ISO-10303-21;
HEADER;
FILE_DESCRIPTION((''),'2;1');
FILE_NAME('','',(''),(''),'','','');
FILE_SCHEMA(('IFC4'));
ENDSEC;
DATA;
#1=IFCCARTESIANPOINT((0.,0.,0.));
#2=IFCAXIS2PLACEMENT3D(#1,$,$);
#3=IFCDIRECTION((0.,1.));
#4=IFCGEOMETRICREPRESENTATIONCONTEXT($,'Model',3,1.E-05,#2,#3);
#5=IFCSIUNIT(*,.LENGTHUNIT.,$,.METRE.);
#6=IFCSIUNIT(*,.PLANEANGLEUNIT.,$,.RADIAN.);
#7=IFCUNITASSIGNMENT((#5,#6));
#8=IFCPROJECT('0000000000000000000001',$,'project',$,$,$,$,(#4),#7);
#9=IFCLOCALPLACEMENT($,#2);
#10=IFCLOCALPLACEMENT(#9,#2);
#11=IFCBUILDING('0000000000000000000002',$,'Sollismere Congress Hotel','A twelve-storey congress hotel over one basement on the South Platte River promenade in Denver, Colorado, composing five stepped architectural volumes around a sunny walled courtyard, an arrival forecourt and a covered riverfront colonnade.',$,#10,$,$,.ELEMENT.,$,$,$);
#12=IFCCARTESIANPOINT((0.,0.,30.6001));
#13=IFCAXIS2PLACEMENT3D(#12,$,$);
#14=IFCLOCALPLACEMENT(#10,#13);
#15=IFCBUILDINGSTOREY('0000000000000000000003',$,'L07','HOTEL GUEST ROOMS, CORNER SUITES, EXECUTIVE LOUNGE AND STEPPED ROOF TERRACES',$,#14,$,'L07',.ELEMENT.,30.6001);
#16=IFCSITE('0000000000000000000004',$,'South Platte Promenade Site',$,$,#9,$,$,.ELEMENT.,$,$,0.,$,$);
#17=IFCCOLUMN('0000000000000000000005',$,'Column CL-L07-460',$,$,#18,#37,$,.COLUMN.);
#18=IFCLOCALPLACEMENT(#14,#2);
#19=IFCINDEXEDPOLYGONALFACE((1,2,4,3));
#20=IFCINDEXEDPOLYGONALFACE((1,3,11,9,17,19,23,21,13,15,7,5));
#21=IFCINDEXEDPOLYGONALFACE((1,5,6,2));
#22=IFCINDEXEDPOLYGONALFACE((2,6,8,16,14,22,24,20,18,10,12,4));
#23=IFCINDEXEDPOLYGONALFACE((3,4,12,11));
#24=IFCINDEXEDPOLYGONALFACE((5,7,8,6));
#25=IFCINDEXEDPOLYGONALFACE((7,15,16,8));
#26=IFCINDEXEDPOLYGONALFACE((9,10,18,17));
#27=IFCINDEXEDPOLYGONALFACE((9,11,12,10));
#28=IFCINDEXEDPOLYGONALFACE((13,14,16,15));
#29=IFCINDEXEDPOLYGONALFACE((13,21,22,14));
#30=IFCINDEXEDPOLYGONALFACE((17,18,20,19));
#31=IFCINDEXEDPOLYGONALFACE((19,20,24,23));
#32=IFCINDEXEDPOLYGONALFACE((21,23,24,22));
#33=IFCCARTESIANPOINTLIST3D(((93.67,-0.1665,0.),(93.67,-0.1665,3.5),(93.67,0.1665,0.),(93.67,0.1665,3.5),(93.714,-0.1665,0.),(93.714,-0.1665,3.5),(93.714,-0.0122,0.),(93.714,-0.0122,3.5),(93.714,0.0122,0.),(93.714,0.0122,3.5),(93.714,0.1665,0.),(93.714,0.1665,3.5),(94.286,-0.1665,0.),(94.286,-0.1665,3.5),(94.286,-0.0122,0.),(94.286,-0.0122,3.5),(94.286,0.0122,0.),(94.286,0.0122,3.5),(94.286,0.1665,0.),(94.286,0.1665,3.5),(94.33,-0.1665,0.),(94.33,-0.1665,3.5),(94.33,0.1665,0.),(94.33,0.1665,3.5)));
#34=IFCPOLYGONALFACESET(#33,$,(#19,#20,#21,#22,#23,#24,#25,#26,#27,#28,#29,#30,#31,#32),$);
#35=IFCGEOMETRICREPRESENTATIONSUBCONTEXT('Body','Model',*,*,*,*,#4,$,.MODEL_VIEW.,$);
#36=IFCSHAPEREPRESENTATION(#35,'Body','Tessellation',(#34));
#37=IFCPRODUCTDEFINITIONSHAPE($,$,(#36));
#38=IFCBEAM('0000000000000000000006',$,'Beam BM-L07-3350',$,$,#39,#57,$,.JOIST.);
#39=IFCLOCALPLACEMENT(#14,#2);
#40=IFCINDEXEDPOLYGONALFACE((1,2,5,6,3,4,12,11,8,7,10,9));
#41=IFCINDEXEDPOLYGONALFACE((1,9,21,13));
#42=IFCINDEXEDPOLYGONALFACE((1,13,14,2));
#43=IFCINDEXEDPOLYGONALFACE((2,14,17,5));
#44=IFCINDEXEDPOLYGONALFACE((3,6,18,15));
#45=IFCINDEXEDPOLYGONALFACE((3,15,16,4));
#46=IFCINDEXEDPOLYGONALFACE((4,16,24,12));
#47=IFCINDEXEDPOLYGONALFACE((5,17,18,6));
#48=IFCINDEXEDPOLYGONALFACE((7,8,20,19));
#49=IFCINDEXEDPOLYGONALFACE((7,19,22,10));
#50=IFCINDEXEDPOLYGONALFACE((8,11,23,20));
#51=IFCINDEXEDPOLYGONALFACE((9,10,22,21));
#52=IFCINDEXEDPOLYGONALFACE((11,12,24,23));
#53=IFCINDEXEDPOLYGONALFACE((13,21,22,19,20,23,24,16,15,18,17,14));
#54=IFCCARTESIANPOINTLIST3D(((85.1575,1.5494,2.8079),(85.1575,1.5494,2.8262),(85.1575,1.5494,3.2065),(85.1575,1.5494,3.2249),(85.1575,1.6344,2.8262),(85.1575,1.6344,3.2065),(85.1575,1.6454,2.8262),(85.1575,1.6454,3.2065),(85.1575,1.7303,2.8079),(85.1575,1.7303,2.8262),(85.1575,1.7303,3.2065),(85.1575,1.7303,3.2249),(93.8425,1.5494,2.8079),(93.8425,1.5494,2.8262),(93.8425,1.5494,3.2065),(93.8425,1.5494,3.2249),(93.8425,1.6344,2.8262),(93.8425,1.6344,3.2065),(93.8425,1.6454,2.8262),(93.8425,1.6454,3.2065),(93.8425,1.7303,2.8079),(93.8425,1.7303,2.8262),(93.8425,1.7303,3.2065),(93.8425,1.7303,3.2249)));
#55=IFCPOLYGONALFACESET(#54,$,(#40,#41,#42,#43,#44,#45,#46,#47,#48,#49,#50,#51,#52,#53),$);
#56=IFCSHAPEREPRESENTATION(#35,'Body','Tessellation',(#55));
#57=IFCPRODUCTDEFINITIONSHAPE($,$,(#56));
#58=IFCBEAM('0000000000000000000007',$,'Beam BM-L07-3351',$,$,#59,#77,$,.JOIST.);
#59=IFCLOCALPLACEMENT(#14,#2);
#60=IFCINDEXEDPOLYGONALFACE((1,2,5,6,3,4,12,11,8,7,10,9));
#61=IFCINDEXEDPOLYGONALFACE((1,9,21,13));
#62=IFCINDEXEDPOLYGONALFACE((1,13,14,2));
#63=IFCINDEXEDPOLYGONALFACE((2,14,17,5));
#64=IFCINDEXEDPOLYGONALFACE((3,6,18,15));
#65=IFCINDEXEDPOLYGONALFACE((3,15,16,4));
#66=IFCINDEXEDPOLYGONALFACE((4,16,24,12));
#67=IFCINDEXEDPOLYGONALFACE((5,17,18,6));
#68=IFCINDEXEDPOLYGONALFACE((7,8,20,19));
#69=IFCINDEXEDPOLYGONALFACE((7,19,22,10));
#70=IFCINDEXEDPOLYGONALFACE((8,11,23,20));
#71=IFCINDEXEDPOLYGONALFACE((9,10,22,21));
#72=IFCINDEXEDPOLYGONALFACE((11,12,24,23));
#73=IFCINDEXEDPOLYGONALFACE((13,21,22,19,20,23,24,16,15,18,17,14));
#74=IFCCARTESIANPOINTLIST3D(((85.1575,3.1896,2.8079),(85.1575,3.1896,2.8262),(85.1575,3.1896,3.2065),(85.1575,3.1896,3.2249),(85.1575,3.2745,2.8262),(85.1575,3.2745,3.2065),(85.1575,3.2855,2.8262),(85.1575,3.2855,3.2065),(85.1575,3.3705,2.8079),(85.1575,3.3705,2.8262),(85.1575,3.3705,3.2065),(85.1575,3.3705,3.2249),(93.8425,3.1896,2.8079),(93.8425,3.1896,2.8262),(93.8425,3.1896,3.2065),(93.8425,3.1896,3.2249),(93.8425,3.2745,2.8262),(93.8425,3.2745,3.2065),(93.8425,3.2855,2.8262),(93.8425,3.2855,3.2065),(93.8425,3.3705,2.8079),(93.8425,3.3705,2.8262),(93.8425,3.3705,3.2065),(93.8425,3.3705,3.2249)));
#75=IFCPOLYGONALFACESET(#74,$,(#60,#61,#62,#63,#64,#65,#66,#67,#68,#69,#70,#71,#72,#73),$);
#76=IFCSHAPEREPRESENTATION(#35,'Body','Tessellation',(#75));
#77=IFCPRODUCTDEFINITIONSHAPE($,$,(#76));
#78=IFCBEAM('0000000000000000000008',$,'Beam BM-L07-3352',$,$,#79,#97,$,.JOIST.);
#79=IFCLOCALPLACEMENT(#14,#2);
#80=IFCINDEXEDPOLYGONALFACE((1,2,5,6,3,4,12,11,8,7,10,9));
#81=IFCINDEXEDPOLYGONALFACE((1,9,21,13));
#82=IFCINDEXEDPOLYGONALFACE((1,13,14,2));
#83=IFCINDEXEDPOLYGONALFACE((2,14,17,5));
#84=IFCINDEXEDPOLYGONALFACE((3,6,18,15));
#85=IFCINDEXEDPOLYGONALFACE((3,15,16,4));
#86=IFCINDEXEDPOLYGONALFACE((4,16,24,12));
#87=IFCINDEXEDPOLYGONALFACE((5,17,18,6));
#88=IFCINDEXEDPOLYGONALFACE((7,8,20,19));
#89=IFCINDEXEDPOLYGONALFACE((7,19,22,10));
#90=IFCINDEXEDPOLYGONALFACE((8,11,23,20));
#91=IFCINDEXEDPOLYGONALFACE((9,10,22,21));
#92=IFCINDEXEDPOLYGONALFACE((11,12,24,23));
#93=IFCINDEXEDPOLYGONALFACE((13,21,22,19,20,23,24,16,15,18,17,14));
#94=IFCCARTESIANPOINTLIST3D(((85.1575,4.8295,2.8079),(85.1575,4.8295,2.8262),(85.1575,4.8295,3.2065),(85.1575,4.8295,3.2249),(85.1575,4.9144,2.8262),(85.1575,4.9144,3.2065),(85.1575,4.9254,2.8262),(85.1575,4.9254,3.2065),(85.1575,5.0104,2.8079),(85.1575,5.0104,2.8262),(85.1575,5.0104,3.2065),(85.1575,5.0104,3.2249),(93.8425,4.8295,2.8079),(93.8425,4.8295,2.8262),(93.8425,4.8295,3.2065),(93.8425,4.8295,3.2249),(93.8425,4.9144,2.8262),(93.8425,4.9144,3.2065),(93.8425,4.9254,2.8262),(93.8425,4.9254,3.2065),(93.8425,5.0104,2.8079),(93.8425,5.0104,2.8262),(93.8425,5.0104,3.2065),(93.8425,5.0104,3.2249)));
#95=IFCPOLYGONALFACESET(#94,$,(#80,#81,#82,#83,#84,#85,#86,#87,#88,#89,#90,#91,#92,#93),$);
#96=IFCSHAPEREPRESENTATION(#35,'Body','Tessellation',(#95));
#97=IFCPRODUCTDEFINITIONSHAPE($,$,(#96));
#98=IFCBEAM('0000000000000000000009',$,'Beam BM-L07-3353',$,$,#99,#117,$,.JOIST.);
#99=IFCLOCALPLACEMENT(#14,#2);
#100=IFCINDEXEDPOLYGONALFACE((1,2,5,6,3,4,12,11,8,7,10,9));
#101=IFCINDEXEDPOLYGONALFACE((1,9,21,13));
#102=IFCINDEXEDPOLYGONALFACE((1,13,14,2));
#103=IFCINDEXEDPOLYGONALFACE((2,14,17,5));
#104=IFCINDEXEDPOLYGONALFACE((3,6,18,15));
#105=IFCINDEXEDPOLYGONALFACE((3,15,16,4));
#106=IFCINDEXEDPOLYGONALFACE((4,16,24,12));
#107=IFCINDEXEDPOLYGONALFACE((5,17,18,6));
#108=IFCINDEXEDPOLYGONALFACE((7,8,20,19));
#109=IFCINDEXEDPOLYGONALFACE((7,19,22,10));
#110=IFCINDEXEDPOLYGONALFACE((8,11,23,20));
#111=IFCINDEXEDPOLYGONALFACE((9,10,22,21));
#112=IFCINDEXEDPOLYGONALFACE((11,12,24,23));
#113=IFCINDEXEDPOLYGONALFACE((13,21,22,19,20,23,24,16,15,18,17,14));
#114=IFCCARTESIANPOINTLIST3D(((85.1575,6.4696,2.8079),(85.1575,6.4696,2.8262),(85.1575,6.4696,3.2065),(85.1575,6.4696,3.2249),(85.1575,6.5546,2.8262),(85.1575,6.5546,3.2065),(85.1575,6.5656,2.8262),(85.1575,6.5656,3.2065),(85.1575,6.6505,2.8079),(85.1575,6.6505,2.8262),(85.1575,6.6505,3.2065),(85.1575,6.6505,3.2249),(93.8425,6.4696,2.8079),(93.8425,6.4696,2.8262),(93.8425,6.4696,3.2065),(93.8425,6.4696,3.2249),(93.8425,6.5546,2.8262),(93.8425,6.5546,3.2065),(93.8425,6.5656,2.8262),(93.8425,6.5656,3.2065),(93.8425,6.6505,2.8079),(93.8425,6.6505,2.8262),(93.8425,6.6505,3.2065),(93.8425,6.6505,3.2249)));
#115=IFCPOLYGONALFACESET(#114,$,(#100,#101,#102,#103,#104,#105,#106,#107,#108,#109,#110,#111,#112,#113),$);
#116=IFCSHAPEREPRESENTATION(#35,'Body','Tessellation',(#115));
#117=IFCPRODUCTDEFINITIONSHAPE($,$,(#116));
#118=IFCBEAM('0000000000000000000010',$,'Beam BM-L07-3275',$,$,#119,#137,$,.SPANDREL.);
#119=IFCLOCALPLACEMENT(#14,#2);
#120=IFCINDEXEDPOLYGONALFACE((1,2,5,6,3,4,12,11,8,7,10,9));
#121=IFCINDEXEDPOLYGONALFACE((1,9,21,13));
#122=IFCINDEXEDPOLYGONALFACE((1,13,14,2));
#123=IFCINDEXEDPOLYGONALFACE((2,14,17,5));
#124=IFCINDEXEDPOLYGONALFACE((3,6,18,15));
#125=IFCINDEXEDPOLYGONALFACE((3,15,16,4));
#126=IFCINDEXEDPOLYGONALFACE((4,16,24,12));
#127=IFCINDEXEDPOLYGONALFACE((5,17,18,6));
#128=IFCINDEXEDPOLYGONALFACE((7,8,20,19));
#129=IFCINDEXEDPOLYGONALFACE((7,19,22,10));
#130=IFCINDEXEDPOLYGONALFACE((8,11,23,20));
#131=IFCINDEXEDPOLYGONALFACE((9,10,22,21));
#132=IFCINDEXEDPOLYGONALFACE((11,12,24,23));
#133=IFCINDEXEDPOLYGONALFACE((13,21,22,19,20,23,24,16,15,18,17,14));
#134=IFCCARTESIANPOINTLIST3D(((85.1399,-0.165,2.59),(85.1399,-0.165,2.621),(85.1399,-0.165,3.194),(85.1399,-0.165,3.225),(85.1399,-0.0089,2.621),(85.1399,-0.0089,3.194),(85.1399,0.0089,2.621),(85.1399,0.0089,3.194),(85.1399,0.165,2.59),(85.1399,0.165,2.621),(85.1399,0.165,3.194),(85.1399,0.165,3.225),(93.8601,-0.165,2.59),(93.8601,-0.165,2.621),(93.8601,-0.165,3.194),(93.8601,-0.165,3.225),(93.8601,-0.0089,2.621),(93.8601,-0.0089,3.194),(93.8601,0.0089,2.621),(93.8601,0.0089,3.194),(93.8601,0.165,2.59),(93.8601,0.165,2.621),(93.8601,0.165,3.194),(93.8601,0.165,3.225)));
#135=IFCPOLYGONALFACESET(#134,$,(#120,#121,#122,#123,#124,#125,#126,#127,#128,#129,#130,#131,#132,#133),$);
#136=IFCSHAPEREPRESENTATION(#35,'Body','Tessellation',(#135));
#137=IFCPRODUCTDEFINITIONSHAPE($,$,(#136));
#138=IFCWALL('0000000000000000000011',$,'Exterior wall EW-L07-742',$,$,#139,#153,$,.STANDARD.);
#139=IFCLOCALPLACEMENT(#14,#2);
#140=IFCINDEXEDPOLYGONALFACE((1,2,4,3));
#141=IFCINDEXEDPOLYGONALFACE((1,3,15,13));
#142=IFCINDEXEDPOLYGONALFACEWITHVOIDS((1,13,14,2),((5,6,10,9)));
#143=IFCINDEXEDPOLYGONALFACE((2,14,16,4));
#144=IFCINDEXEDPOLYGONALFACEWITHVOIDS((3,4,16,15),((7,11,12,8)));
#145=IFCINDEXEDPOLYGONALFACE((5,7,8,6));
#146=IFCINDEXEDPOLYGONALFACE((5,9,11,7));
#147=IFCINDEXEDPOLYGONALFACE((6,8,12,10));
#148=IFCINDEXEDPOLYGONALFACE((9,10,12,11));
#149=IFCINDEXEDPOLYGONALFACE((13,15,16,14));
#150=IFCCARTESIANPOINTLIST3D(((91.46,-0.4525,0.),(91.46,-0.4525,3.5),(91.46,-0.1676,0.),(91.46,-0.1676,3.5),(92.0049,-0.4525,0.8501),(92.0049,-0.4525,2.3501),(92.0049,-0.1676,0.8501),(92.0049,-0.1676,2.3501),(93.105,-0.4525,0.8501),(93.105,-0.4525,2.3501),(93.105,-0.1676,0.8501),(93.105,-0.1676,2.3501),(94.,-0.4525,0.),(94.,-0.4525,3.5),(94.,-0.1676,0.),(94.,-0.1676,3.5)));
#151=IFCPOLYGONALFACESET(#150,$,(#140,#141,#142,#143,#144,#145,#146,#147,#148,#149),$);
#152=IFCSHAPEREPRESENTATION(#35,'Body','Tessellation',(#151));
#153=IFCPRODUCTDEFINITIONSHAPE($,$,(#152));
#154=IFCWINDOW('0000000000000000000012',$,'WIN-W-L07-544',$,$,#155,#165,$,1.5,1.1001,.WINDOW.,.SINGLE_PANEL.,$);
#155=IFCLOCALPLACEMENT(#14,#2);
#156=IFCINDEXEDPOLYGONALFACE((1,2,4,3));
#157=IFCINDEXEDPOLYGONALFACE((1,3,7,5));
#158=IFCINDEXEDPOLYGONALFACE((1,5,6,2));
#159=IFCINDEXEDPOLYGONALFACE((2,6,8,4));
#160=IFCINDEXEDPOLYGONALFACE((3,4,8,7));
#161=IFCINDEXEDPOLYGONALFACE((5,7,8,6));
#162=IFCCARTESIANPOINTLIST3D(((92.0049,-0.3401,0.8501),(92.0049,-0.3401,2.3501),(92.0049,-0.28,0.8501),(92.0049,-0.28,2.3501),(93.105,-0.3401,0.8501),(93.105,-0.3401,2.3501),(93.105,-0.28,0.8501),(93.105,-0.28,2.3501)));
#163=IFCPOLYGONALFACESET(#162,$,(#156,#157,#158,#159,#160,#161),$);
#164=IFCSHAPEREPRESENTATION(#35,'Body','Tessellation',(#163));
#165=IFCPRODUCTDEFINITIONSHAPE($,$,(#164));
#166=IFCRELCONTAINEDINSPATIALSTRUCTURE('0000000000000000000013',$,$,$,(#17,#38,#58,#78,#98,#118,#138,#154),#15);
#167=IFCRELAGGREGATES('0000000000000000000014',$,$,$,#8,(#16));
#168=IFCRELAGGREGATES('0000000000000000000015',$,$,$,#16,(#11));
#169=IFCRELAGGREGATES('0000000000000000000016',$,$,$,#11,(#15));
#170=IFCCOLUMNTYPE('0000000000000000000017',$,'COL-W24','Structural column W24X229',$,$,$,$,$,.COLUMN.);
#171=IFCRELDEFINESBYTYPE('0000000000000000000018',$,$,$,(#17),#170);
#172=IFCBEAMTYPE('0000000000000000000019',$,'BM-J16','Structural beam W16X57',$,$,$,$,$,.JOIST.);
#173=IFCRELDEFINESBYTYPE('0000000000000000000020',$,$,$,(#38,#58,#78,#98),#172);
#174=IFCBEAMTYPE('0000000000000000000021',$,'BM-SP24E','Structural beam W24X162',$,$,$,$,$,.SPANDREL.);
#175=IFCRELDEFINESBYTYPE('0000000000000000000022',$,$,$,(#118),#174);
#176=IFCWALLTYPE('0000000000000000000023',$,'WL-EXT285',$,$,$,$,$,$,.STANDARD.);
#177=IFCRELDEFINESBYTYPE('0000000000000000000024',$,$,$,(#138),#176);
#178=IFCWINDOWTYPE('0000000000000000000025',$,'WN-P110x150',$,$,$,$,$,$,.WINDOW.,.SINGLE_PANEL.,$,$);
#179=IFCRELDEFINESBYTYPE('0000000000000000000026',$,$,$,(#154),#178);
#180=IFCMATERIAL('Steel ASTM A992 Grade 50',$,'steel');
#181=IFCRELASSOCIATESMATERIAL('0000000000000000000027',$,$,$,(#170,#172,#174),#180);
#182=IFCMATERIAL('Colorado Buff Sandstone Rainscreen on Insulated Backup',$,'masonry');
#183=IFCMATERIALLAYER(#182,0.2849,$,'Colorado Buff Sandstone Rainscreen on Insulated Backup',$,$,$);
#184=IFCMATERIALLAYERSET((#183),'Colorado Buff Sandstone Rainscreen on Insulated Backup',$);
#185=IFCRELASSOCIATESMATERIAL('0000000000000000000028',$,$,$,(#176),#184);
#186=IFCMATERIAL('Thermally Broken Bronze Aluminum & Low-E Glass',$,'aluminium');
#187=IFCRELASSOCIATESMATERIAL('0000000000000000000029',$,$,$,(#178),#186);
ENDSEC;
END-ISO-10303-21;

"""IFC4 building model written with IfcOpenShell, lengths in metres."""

from ifc_helpers import new_model, si_unit, direction, frame, frame_2d, origin, origin_2d, place, context, subcontext, project, spatial, rectangle, i_section, extrude, material, layer, layer_set, material_profile, profile_set, type_object, element, fill, save


model = new_model("IFC4")

# Units and contexts
model_context = context("Model", 3, precision=1e-05, world=origin(), true_north=direction((0.0, 1.0)))
body_context = subcontext(model_context, "Body", "Model", "MODEL_VIEW")
ifc_project = project(units=[si_unit("LENGTHUNIT", "METRE"), si_unit("PLANEANGLEUNIT", "RADIAN")], contexts=[model_context])

# Site, building, storey
site_placement = place(None, origin())
site = spatial("IfcSite", under=ifc_project, at=site_placement, Name="South Platte Promenade Site", CompositionType="ELEMENT", RefElevation=0.0)
building_placement = place(site_placement, origin())
building = spatial("IfcBuilding", under=site, at=building_placement, Name="Sollismere Congress Hotel", Description="A twelve-storey congress hotel over one basement on the South Platte River promenade in Denver, Colorado, composing five stepped architectural volumes around a sunny walled courtyard, an arrival forecourt and a covered riverfront colonnade.", CompositionType="ELEMENT")
storey_placement = place(building_placement, frame((0.0, 0.0, 30.6001)))
storey = spatial("IfcBuildingStorey", under=building, at=storey_placement, Name="L07", Description="HOTEL GUEST ROOMS, CORNER SUITES, EXECUTIVE LOUNGE AND STEPPED ROOF TERRACES", LongName="L07", CompositionType="ELEMENT", Elevation=30.6001)

# Column
ifc_material_1 = material(Name="Steel ASTM A992 Grade 50", Category="steel")
ifc_material_profile_1 = material_profile(ifc_material_1, i_section(OverallWidth=0.333, OverallDepth=0.6599, WebThickness=0.0244, FlangeThickness=0.0439, at=origin_2d()), Name="W24X229")
ifc_profile_set_1 = profile_set([ifc_material_profile_1], Name="Steel ASTM A992 Grade 50")
column_type = type_object("IfcColumnType", Name="COL-W24", Description="Structural column W24X229", PredefinedType="COLUMN", material=ifc_profile_set_1)
column_placement = place(storey_placement, frame((94.0, 0.0, 0.0), z_axis=(0.0, 0.0, 1.0), x_axis=(0.0, 1.0, 0.0)))
element("IfcColumn", 1, at=column_placement, inside=storey, type_object=column_type, Name="Column CL-L07-460", PredefinedType="COLUMN", context=body_context, shape_type="SweptSolid", body=[
    extrude(i_section(OverallWidth=0.333, OverallDepth=0.6599, WebThickness=0.0244, FlangeThickness=0.0439, at=origin_2d()), origin(), (0.0, 0.0, 1.0), 3.5),
])

# Beams
ifc_material_profile_2 = material_profile(ifc_material_1, i_section(OverallWidth=0.1809, OverallDepth=0.417, WebThickness=0.011, FlangeThickness=0.0183, at=origin_2d()), Name="W16X57")
ifc_profile_set_2 = profile_set([ifc_material_profile_2], Name="Steel ASTM A992 Grade 50")
beam_type_1 = type_object("IfcBeamType", Name="BM-J16", Description="Structural beam W16X57", PredefinedType="JOIST", material=ifc_profile_set_2)
for number, where, z_axis, x_axis, name in (
    (2, (85.1575, 1.6399, 3.0164), (1.0, 0.0, 0.0), (0.0, 1.0, 0.0), "Beam BM-L07-3350"),
    (3, (85.1575, 3.28, 3.0164), (1.0, 0.0, 0.0), (0.0, 1.0, 0.0), "Beam BM-L07-3351"),
    (4, (85.1575, 4.9199, 3.0164), (1.0, 0.0, 0.0), (0.0, 1.0, 0.0), "Beam BM-L07-3352"),
    (5, (85.1575, 6.5601, 3.0164), (1.0, 0.0, 0.0), (0.0, 1.0, 0.0), "Beam BM-L07-3353"),
):
    element("IfcBeam", number, at=place(storey_placement, frame(where, z_axis=z_axis, x_axis=x_axis)), inside=storey, type_object=beam_type_1, Name=name, PredefinedType="JOIST", context=body_context, shape_type="SweptSolid", body=[
        extrude(i_section(OverallWidth=0.1809, OverallDepth=0.417, WebThickness=0.011, FlangeThickness=0.0183, at=origin_2d()), origin(), (0.0, 0.0, 1.0), 8.6851),
    ])
ifc_material_profile_3 = material_profile(ifc_material_1, i_section(OverallWidth=0.3301, OverallDepth=0.635, WebThickness=0.0178, FlangeThickness=0.031, at=origin_2d()), Name="W24X162")
ifc_profile_set_3 = profile_set([ifc_material_profile_3], Name="Steel ASTM A992 Grade 50")
beam_type_2 = type_object("IfcBeamType", Name="BM-SP24E", Description="Structural beam W24X162", PredefinedType="SPANDREL", material=ifc_profile_set_3)
beam_placement = place(storey_placement, frame((85.1399, 0.0, 2.9075), z_axis=(1.0, 0.0, 0.0), x_axis=(0.0, 1.0, 0.0)))
element("IfcBeam", 6, at=beam_placement, inside=storey, type_object=beam_type_2, Name="Beam BM-L07-3275", PredefinedType="SPANDREL", context=body_context, shape_type="SweptSolid", body=[
    extrude(i_section(OverallWidth=0.3301, OverallDepth=0.635, WebThickness=0.0178, FlangeThickness=0.031, at=origin_2d()), origin(), (0.0, 0.0, 1.0), 8.7202),
])

# Wall, opening, window
ifc_material_2 = material(Name="Colorado Buff Sandstone Rainscreen on Insulated Backup", Category="masonry")
ifc_layer_1 = layer(ifc_material_2, 0.2849, Name="Colorado Buff Sandstone Rainscreen on Insulated Backup")
ifc_layer_set_1 = layer_set([ifc_layer_1], Name="Colorado Buff Sandstone Rainscreen on Insulated Backup")
wall_type_1 = type_object("IfcWallType", Name="WL-EXT285", PredefinedType="STANDARD", material=ifc_layer_set_1)
wall_1_placement = place(storey_placement, frame((91.46, -0.3101, 0.0), z_axis=(0.0, 0.0, 1.0), x_axis=(1.0, 0.0, 0.0)))
wall_1 = element("IfcWall", 7, at=wall_1_placement, inside=storey, type_object=wall_type_1, Name="Exterior wall EW-L07-742", PredefinedType="STANDARD", context=body_context, shape_type="SweptSolid", body=[
    extrude(rectangle(XDim=2.54, YDim=0.2849, at=frame_2d((1.27, 0.0))), origin(), (0.0, 0.0, 1.0), 3.5),
])
opening_1_placement = place(wall_1_placement, frame((0.5449, 0.0, 0.8501)))
opening_1 = element("IfcOpeningElement", 8, at=opening_1_placement, cuts=wall_1, PredefinedType="OPENING", context=body_context, shape_type="SweptSolid", body=[
    extrude(rectangle(XDim=1.1001, YDim=1.5, at=frame_2d((0.55, 0.75))), frame((0.0, 0.1523, 0.0), z_axis=(0.0, -1.0, 0.0), x_axis=(1.0, 0.0, 0.0)), (0.0, 0.0, 1.0), 0.3049),
])
ifc_material_3 = material(Name="Thermally Broken Bronze Aluminum & Low-E Glass", Category="aluminium")
window_type_1 = type_object("IfcWindowType", Name="WN-P110x150", PartitioningType="SINGLE_PANEL", PredefinedType="WINDOW", material=ifc_material_3)
window_1_placement = place(opening_1_placement, origin())
window_1 = element("IfcWindow", 9, at=window_1_placement, inside=storey, type_object=window_type_1, Name="WIN-W-L07-544", OverallHeight=1.5, OverallWidth=1.1001, PartitioningType="SINGLE_PANEL", PredefinedType="WINDOW", context=body_context, shape_type="SweptSolid", body=[
    extrude(rectangle(XDim=1.1001, YDim=1.5, at=frame_2d((0.55, 0.75))), frame((0.0, 0.03, 0.0), z_axis=(0.0, -1.0, 0.0), x_axis=(1.0, 0.0, 0.0)), (0.0, 0.0, 1.0), 0.0601),
])
fill(opening_1, window_1)

save(model, "model.ifc")
